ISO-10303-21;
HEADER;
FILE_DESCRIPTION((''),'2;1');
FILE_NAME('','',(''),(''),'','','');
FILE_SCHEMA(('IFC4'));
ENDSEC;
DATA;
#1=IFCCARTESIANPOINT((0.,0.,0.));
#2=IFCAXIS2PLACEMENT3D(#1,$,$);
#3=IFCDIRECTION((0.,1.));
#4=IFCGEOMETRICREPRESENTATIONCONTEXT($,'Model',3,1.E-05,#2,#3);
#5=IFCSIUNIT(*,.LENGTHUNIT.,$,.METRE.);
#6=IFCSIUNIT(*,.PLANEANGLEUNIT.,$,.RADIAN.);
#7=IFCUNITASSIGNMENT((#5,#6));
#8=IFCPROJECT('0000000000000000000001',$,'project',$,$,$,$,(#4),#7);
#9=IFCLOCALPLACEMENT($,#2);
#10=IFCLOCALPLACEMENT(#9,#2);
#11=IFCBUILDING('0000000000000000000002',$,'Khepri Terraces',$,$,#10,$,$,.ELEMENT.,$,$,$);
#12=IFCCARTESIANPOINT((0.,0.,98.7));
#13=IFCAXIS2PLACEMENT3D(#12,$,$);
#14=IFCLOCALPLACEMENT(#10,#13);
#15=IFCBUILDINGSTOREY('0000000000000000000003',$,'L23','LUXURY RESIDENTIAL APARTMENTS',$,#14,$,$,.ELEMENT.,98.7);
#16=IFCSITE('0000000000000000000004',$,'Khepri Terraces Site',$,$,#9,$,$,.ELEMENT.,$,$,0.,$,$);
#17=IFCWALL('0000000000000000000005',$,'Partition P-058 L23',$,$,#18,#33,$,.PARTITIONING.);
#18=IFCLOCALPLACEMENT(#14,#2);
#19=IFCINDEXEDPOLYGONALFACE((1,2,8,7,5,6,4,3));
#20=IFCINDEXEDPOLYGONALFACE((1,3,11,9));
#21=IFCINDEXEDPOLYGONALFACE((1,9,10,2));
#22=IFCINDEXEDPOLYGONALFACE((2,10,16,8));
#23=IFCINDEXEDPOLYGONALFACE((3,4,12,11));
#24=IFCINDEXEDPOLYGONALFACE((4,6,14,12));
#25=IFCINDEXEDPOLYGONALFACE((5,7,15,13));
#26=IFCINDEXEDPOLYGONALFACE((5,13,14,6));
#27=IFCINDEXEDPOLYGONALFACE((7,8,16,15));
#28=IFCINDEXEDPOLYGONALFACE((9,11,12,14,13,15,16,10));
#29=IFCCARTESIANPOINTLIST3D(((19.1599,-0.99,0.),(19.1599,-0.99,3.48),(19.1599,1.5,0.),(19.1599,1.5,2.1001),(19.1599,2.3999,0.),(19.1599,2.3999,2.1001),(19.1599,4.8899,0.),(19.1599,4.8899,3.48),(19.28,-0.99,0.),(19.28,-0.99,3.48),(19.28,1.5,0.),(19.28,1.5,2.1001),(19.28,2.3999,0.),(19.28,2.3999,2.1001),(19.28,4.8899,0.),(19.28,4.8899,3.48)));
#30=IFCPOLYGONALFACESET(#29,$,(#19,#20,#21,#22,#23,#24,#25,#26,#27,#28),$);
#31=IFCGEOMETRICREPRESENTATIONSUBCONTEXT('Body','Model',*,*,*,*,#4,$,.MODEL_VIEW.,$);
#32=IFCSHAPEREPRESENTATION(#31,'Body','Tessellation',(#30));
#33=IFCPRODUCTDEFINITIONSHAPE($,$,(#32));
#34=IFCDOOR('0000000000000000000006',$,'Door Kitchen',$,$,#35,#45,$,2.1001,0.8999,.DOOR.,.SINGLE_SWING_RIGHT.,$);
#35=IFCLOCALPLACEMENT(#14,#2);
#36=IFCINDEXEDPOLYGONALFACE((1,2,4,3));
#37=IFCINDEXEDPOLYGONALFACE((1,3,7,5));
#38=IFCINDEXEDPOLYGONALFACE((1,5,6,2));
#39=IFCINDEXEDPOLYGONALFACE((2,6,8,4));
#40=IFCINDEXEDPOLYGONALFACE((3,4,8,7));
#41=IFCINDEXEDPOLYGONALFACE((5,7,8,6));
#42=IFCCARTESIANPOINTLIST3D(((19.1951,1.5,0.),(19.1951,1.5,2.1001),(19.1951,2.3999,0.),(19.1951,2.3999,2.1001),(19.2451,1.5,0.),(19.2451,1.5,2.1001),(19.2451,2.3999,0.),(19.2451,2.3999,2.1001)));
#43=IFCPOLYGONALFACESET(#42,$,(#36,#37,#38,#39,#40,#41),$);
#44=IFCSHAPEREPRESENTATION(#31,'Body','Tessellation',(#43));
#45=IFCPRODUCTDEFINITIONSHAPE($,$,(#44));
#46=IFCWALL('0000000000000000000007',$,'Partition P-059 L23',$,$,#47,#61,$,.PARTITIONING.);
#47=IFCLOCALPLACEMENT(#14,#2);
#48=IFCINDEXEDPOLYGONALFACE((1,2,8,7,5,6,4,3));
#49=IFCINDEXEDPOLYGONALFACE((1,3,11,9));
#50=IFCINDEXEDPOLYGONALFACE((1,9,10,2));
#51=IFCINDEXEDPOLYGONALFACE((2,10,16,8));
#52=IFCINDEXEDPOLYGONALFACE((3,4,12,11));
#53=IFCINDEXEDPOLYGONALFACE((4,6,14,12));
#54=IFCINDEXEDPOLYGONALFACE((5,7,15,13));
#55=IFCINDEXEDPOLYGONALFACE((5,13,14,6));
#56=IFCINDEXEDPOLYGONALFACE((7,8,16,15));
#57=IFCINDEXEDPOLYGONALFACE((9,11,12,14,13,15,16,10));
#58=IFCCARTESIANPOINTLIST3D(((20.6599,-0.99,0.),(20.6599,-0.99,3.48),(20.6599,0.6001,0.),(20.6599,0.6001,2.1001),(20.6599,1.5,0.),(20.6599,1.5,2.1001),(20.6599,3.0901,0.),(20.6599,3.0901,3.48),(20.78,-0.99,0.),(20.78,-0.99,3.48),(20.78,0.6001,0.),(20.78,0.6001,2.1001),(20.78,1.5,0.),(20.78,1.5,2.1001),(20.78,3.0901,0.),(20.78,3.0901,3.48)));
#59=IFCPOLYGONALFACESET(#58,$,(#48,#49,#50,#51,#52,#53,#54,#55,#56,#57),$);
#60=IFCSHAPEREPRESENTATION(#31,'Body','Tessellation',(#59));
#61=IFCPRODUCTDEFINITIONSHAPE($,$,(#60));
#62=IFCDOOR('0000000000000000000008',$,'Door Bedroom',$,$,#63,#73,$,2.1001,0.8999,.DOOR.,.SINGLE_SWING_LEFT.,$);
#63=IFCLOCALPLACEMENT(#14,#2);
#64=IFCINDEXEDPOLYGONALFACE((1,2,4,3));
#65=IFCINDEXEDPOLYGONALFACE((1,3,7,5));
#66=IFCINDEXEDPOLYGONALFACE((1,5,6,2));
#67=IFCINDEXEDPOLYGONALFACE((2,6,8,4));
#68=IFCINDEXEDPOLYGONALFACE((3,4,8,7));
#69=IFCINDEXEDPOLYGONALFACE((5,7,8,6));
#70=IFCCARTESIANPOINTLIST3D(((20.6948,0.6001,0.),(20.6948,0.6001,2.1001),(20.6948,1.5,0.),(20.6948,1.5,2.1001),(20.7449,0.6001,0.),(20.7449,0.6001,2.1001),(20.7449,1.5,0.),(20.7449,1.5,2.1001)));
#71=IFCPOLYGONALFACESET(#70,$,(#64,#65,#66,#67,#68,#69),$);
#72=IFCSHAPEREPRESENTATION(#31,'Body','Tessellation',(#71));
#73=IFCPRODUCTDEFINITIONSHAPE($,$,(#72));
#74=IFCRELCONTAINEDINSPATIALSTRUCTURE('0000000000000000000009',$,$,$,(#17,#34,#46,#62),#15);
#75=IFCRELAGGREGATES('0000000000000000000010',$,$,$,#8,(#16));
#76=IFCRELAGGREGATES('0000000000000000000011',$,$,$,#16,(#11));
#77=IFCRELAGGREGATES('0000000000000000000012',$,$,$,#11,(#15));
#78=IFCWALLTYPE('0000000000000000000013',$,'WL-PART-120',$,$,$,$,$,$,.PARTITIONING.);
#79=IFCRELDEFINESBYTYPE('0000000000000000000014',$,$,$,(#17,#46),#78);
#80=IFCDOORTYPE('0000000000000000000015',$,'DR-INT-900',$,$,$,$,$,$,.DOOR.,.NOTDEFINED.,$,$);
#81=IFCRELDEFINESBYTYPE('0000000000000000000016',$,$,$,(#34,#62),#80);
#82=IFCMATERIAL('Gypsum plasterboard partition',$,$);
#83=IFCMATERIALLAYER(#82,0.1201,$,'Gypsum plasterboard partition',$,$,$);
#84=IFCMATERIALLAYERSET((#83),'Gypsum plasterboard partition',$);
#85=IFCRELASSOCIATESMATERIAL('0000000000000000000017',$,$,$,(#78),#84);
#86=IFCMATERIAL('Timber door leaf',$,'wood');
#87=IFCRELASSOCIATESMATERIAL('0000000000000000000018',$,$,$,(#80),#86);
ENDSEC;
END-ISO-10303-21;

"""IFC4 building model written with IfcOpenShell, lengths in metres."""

from ifc_helpers import new_model, si_unit, direction, frame, frame_2d, origin, place, context, subcontext, project, spatial, rectangle, extrude, material, layer, layer_set, type_object, element, fill, save


model = new_model("IFC4")

# Units and contexts
model_context = context("Model", 3, precision=1e-05, world=origin(), true_north=direction((0.0, 1.0)))
body_context = subcontext(model_context, "Body", "Model", "MODEL_VIEW")
ifc_project = project(units=[si_unit("LENGTHUNIT", "METRE"), si_unit("PLANEANGLEUNIT", "RADIAN")], contexts=[model_context])

# Site, building, storey
site_placement = place(None, origin())
site = spatial("IfcSite", under=ifc_project, at=site_placement, Name="Khepri Terraces Site", CompositionType="ELEMENT", RefElevation=0.0)
building_placement = place(site_placement, origin())
building = spatial("IfcBuilding", under=site, at=building_placement, Name="Khepri Terraces", CompositionType="ELEMENT")
storey_placement = place(building_placement, frame((0.0, 0.0, 98.7)))
storey = spatial("IfcBuildingStorey", under=building, at=storey_placement, Name="L23", Description="LUXURY RESIDENTIAL APARTMENTS", CompositionType="ELEMENT", Elevation=98.7)

# Shared definitions
ifc_material_1 = material(Name="Gypsum plasterboard partition")
ifc_layer_1 = layer(ifc_material_1, 0.1201, Name="Gypsum plasterboard partition")
ifc_layer_set_1 = layer_set([ifc_layer_1], Name="Gypsum plasterboard partition")
wall_type_1 = type_object("IfcWallType", Name="WL-PART-120", PredefinedType="PARTITIONING", material=ifc_layer_set_1)
ifc_material_2 = material(Name="Timber door leaf", Category="wood")
door_type_1 = type_object("IfcDoorType", Name="DR-INT-900", OperationType="NOTDEFINED", PredefinedType="DOOR", material=ifc_material_2)

# Walls, openings, doors
wall_1_placement = place(storey_placement, frame((19.22, -0.99, 0.0), z_axis=(0.0, 0.0, 1.0), x_axis=(0.0, 1.0, 0.0)))
wall_1 = element("IfcWall", 1, at=wall_1_placement, inside=storey, type_object=wall_type_1, Name="Partition P-058 L23", PredefinedType="PARTITIONING", context=body_context, shape_type="SweptSolid", body=[
    extrude(rectangle(XDim=5.8799, YDim=0.1201, at=frame_2d((2.9399, 0.0))), origin(), (0.0, 0.0, 1.0), 3.48),
])
opening_1_placement = place(wall_1_placement, frame((2.49, 0.0, 0.0)))
opening_1 = element("IfcOpeningElement", 2, at=opening_1_placement, cuts=wall_1, PredefinedType="OPENING", context=body_context, shape_type="SweptSolid", body=[
    extrude(rectangle(XDim=0.8999, YDim=2.1001, at=frame_2d((0.45, 1.05))), frame((0.0, 0.0701, 0.0), z_axis=(0.0, -1.0, 0.0), x_axis=(1.0, 0.0, 0.0)), (0.0, 0.0, 1.0), 0.1401),
])
door_1_placement = place(opening_1_placement, origin())
door_1 = element("IfcDoor", 3, at=door_1_placement, inside=storey, type_object=door_type_1, Name="Door Kitchen", OperationType="SINGLE_SWING_RIGHT", OverallHeight=2.1001, OverallWidth=0.8999, PredefinedType="DOOR", context=body_context, shape_type="SweptSolid", body=[
    extrude(rectangle(XDim=0.8999, YDim=2.1001, at=frame_2d((0.45, 1.05))), frame((0.0, 0.0249, 0.0), z_axis=(0.0, -1.0, 0.0), x_axis=(1.0, 0.0, 0.0)), (0.0, 0.0, 1.0), 0.05),
])
fill(opening_1, door_1)
wall_2_placement = place(storey_placement, frame((20.72, -0.99, 0.0), z_axis=(0.0, 0.0, 1.0), x_axis=(0.0, 1.0, 0.0)))
wall_2 = element("IfcWall", 4, at=wall_2_placement, inside=storey, type_object=wall_type_1, Name="Partition P-059 L23", PredefinedType="PARTITIONING", context=body_context, shape_type="SweptSolid", body=[
    extrude(rectangle(XDim=4.0801, YDim=0.1201, at=frame_2d((2.04, 0.0))), origin(), (0.0, 0.0, 1.0), 3.48),
])
opening_2_placement = place(wall_2_placement, frame((1.5901, 0.0, 0.0)))
opening_2 = element("IfcOpeningElement", 5, at=opening_2_placement, cuts=wall_2, PredefinedType="OPENING", context=body_context, shape_type="SweptSolid", body=[
    extrude(rectangle(XDim=0.8999, YDim=2.1001, at=frame_2d((0.45, 1.05))), frame((0.0, 0.0701, 0.0), z_axis=(0.0, -1.0, 0.0), x_axis=(1.0, 0.0, 0.0)), (0.0, 0.0, 1.0), 0.1401),
])
door_2_placement = place(opening_2_placement, frame((0.8999, 0.0, 0.0), z_axis=(0.0, 0.0, 1.0), x_axis=(-1.0, 0.0, 0.0)))
door_2 = element("IfcDoor", 6, at=door_2_placement, inside=storey, type_object=door_type_1, Name="Door Bedroom", OperationType="SINGLE_SWING_LEFT", OverallHeight=2.1001, OverallWidth=0.8999, PredefinedType="DOOR", context=body_context, shape_type="SweptSolid", body=[
    extrude(rectangle(XDim=0.8999, YDim=2.1001, at=frame_2d((0.45, 1.05))), frame((0.0, 0.0249, 0.0), z_axis=(0.0, -1.0, 0.0), x_axis=(1.0, 0.0, 0.0)), (0.0, 0.0, 1.0), 0.05),
])
fill(opening_2, door_2)

save(model, "model.ifc")
